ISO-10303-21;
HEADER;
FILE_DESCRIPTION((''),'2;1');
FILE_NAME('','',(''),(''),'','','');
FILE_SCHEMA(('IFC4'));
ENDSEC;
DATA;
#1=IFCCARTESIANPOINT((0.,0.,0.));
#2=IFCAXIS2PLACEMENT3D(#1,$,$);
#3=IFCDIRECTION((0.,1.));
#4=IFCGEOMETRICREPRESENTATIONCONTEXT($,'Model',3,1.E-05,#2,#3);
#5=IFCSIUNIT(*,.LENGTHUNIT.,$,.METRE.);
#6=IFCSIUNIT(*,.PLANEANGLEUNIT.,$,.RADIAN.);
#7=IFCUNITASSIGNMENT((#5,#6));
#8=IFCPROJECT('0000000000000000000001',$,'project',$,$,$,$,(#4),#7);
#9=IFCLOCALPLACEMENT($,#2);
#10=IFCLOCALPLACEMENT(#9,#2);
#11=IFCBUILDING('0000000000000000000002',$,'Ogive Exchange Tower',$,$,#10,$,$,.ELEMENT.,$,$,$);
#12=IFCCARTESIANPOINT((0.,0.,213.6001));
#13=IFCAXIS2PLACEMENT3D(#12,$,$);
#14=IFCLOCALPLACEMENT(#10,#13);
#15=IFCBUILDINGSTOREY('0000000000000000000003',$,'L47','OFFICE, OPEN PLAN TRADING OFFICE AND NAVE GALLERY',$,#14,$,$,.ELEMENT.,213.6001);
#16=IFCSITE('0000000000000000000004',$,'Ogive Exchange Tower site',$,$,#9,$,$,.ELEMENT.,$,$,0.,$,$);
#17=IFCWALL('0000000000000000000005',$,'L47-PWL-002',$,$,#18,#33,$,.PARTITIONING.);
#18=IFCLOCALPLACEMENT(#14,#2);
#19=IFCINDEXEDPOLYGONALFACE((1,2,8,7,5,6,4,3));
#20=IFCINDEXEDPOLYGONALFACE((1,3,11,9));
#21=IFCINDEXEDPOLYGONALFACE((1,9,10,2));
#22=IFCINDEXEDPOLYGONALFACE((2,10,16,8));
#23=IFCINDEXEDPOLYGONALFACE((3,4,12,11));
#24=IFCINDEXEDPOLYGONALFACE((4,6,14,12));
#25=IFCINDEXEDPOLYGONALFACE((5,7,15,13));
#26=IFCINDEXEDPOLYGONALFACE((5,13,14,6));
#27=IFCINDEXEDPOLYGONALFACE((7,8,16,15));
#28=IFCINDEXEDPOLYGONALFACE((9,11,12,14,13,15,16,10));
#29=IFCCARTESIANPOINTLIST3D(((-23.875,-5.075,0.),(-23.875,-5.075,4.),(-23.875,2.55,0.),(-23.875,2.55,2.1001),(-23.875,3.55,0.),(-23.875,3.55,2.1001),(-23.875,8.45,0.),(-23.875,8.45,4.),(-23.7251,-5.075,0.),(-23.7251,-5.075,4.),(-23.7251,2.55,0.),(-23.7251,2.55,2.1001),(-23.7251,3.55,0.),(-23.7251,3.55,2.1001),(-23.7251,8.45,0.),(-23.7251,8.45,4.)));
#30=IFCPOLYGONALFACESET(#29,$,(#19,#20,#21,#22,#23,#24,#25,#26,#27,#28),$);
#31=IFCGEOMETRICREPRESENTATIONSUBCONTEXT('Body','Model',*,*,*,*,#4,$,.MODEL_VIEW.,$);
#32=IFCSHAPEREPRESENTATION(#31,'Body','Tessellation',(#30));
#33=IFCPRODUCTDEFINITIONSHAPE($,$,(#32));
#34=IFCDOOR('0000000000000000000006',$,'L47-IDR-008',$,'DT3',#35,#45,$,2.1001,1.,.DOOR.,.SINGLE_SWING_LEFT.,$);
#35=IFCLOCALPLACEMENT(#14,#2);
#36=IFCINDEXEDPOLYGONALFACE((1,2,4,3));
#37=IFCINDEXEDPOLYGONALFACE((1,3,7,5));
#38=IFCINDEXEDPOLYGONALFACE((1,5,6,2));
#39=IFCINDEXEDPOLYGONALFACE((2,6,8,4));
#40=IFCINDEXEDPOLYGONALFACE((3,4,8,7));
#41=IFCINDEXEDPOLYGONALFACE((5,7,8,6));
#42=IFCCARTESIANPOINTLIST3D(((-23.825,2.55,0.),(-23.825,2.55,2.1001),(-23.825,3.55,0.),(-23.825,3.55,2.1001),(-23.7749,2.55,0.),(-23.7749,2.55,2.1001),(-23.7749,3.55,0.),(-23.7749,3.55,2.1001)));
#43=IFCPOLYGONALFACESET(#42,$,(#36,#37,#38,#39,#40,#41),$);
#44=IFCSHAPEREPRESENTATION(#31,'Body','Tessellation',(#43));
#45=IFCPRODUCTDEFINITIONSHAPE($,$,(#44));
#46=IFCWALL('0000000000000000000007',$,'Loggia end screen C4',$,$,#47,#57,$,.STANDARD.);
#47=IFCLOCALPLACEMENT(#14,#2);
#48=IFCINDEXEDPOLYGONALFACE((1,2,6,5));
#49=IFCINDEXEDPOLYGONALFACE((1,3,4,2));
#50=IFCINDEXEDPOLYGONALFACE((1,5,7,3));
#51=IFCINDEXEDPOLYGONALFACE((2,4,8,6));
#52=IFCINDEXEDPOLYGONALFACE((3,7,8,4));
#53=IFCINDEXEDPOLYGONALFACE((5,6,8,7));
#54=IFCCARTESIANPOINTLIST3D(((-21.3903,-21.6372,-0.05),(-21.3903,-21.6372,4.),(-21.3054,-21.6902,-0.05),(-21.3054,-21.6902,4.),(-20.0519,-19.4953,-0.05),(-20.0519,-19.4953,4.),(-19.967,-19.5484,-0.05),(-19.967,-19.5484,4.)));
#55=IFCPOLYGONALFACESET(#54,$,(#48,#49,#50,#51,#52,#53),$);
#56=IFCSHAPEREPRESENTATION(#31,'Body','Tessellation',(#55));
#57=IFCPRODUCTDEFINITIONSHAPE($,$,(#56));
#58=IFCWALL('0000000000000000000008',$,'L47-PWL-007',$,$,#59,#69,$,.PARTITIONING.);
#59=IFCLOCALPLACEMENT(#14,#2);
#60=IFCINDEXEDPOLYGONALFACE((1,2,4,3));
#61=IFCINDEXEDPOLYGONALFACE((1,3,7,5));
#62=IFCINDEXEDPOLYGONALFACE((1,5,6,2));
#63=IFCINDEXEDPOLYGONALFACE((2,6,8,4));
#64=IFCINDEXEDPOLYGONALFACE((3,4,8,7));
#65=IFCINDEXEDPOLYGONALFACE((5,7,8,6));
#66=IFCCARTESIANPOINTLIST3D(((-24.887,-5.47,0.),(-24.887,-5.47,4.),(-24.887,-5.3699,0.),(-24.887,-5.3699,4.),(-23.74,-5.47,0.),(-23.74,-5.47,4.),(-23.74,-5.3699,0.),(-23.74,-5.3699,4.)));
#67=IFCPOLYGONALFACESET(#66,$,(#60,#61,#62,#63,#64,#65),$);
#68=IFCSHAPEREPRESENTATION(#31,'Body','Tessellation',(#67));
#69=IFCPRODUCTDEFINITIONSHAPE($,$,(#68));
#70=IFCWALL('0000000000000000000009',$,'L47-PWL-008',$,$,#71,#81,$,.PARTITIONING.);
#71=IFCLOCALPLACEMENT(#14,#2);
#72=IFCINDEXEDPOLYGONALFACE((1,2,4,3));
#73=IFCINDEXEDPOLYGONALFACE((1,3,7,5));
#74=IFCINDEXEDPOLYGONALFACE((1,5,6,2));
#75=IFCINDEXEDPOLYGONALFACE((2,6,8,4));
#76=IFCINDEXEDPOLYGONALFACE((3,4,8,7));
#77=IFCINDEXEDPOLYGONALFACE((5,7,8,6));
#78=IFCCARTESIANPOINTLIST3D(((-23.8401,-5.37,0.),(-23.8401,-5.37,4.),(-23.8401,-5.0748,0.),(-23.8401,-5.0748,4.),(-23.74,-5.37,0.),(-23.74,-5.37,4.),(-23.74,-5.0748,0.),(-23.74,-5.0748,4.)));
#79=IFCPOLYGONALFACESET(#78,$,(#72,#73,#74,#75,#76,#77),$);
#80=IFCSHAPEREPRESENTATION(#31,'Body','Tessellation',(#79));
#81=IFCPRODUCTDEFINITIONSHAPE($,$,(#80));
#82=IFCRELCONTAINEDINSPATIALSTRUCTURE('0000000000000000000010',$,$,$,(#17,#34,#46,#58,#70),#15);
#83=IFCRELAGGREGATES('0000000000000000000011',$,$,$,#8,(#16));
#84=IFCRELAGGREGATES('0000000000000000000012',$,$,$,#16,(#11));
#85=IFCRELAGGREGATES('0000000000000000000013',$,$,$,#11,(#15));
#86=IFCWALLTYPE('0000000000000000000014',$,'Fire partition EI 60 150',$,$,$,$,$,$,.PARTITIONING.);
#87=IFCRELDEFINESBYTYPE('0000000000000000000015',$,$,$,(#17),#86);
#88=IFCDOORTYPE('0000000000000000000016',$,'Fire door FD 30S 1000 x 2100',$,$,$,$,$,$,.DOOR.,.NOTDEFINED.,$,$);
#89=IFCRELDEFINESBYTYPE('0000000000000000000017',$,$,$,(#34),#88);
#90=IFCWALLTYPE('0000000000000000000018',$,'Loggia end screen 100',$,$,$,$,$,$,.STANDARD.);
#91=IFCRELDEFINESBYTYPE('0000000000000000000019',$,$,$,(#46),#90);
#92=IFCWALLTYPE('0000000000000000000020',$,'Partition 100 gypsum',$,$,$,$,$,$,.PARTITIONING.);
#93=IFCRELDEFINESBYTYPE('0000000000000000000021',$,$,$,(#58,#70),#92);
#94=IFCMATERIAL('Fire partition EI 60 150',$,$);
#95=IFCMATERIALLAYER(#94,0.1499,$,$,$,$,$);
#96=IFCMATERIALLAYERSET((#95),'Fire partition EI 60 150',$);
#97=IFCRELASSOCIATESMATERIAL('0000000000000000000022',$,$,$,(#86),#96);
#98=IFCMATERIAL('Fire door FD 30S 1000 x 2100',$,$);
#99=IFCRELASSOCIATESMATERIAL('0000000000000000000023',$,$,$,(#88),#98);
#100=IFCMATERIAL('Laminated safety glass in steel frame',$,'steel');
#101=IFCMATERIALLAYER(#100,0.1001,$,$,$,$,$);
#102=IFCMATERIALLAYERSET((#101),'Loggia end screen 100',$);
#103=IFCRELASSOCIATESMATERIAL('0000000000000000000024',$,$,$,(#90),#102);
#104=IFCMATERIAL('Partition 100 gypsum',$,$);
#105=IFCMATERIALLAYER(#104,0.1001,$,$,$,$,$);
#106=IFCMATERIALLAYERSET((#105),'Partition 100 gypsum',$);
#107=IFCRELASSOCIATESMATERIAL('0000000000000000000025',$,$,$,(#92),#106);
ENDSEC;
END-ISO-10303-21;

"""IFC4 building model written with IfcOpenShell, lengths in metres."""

from ifc_helpers import new_model, si_unit, direction, frame, frame_2d, origin, place, context, subcontext, project, spatial, rectangle, extrude, material, layer, layer_set, type_object, element, fill, save


model = new_model("IFC4")

# Units and contexts
model_context = context("Model", 3, precision=1e-05, world=origin(), true_north=direction((0.0, 1.0)))
body_context = subcontext(model_context, "Body", "Model", "MODEL_VIEW")
ifc_project = project(units=[si_unit("LENGTHUNIT", "METRE"), si_unit("PLANEANGLEUNIT", "RADIAN")], contexts=[model_context])

# Site, building, storey
site_placement = place(None, origin())
site = spatial("IfcSite", under=ifc_project, at=site_placement, Name="Ogive Exchange Tower site", CompositionType="ELEMENT", RefElevation=0.0)
building_placement = place(site_placement, origin())
building = spatial("IfcBuilding", under=site, at=building_placement, Name="Ogive Exchange Tower", CompositionType="ELEMENT")
storey_placement = place(building_placement, frame((0.0, 0.0, 213.6001)))
storey = spatial("IfcBuildingStorey", under=building, at=storey_placement, Name="L47", Description="OFFICE, OPEN PLAN TRADING OFFICE AND NAVE GALLERY", CompositionType="ELEMENT", Elevation=213.6001)

# Wall, opening, door
ifc_material_1 = material(Name="Fire partition EI 60 150")
ifc_layer_1 = layer(ifc_material_1, 0.1499)
ifc_layer_set_1 = layer_set([ifc_layer_1], Name="Fire partition EI 60 150")
wall_type_1 = type_object("IfcWallType", Name="Fire partition EI 60 150", PredefinedType="PARTITIONING", material=ifc_layer_set_1)
wall_1_placement = place(storey_placement, frame((-23.8, -5.075, 0.0), z_axis=(0.0, 0.0, 1.0), x_axis=(0.0, 1.0, 0.0)))
wall_1 = element("IfcWall", 1, at=wall_1_placement, inside=storey, type_object=wall_type_1, Name="L47-PWL-002", PredefinedType="PARTITIONING", context=body_context, shape_type="SweptSolid", body=[
    extrude(rectangle(XDim=13.5249, YDim=0.1499, at=frame_2d((6.7625, 0.0))), origin(), (0.0, 0.0, 1.0), 4.0),
])
opening_placement = place(wall_1_placement, frame((7.625, 0.0, 0.0)))
opening = element("IfcOpeningElement", 2, at=opening_placement, cuts=wall_1, PredefinedType="OPENING", context=body_context, shape_type="SweptSolid", body=[
    extrude(rectangle(XDim=1.0, YDim=2.1001, at=frame_2d((0.5, 1.05))), frame((0.0, 0.085, 0.0), z_axis=(0.0, -1.0, 0.0), x_axis=(1.0, 0.0, 0.0)), (0.0, 0.0, 1.0), 0.1699),
])
ifc_material_2 = material(Name="Fire door FD 30S 1000 x 2100")
door_type = type_object("IfcDoorType", Name="Fire door FD 30S 1000 x 2100", OperationType="NOTDEFINED", PredefinedType="DOOR", material=ifc_material_2)
door_placement = place(opening_placement, origin())
door = element("IfcDoor", 3, at=door_placement, inside=storey, type_object=door_type, Name="L47-IDR-008", ObjectType="DT3", OperationType="SINGLE_SWING_LEFT", OverallHeight=2.1001, OverallWidth=1.0, PredefinedType="DOOR", context=body_context, shape_type="SweptSolid", body=[
    extrude(rectangle(XDim=1.0, YDim=2.1001, at=frame_2d((0.5, 1.05))), frame((0.0, 0.0249, 0.0), z_axis=(0.0, -1.0, 0.0), x_axis=(1.0, 0.0, 0.0)), (0.0, 0.0, 1.0), 0.05),
])
fill(opening, door)

# Walls
ifc_material_3 = material(Name="Laminated safety glass in steel frame", Category="steel")
ifc_layer_2 = layer(ifc_material_3, 0.1001)
ifc_layer_set_2 = layer_set([ifc_layer_2], Name="Loggia end screen 100")
wall_type_2 = type_object("IfcWallType", Name="Loggia end screen 100", PredefinedType="STANDARD", material=ifc_layer_set_2)
wall_2_placement = place(storey_placement, frame((-20.0095, -19.522, -0.05), z_axis=(0.0, 0.0, 1.0), x_axis=(-0.529921, -0.848047, 0.0)))
element("IfcWall", 4, at=wall_2_placement, inside=storey, type_object=wall_type_2, Name="Loggia end screen C4", PredefinedType="STANDARD", context=body_context, shape_type="SweptSolid", body=[
    extrude(rectangle(XDim=2.5256, YDim=0.1001, at=frame_2d((1.2627, 0.0))), origin(), (0.0, 0.0, 1.0), 4.05),
])
ifc_material_4 = material(Name="Partition 100 gypsum")
ifc_layer_3 = layer(ifc_material_4, 0.1001)
ifc_layer_set_3 = layer_set([ifc_layer_3], Name="Partition 100 gypsum")
wall_type_3 = type_object("IfcWallType", Name="Partition 100 gypsum", PredefinedType="PARTITIONING", material=ifc_layer_set_3)
wall_3_placement = place(storey_placement, frame((-23.74, -5.4199, 0.0), z_axis=(0.0, 0.0, 1.0), x_axis=(-1.0, 0.0, 0.0)))
element("IfcWall", 5, at=wall_3_placement, inside=storey, type_object=wall_type_3, Name="L47-PWL-007", PredefinedType="PARTITIONING", context=body_context, shape_type="SweptSolid", body=[
    extrude(rectangle(XDim=1.147, YDim=0.1001, at=frame_2d((0.5735, 0.0))), origin(), (0.0, 0.0, 1.0), 4.0),
])
wall_4_placement = place(storey_placement, frame((-23.79, -5.075, 0.0), z_axis=(0.0, 0.0, 1.0), x_axis=(0.0, -1.0, 0.0)))
element("IfcWall", 6, at=wall_4_placement, inside=storey, type_object=wall_type_3, Name="L47-PWL-008", PredefinedType="PARTITIONING", context=body_context, shape_type="SweptSolid", body=[
    extrude(rectangle(XDim=0.2952, YDim=0.1001, at=frame_2d((0.1475, 0.0))), origin(), (0.0, 0.0, 1.0), 4.0),
])

save(model, "model.ifc")
